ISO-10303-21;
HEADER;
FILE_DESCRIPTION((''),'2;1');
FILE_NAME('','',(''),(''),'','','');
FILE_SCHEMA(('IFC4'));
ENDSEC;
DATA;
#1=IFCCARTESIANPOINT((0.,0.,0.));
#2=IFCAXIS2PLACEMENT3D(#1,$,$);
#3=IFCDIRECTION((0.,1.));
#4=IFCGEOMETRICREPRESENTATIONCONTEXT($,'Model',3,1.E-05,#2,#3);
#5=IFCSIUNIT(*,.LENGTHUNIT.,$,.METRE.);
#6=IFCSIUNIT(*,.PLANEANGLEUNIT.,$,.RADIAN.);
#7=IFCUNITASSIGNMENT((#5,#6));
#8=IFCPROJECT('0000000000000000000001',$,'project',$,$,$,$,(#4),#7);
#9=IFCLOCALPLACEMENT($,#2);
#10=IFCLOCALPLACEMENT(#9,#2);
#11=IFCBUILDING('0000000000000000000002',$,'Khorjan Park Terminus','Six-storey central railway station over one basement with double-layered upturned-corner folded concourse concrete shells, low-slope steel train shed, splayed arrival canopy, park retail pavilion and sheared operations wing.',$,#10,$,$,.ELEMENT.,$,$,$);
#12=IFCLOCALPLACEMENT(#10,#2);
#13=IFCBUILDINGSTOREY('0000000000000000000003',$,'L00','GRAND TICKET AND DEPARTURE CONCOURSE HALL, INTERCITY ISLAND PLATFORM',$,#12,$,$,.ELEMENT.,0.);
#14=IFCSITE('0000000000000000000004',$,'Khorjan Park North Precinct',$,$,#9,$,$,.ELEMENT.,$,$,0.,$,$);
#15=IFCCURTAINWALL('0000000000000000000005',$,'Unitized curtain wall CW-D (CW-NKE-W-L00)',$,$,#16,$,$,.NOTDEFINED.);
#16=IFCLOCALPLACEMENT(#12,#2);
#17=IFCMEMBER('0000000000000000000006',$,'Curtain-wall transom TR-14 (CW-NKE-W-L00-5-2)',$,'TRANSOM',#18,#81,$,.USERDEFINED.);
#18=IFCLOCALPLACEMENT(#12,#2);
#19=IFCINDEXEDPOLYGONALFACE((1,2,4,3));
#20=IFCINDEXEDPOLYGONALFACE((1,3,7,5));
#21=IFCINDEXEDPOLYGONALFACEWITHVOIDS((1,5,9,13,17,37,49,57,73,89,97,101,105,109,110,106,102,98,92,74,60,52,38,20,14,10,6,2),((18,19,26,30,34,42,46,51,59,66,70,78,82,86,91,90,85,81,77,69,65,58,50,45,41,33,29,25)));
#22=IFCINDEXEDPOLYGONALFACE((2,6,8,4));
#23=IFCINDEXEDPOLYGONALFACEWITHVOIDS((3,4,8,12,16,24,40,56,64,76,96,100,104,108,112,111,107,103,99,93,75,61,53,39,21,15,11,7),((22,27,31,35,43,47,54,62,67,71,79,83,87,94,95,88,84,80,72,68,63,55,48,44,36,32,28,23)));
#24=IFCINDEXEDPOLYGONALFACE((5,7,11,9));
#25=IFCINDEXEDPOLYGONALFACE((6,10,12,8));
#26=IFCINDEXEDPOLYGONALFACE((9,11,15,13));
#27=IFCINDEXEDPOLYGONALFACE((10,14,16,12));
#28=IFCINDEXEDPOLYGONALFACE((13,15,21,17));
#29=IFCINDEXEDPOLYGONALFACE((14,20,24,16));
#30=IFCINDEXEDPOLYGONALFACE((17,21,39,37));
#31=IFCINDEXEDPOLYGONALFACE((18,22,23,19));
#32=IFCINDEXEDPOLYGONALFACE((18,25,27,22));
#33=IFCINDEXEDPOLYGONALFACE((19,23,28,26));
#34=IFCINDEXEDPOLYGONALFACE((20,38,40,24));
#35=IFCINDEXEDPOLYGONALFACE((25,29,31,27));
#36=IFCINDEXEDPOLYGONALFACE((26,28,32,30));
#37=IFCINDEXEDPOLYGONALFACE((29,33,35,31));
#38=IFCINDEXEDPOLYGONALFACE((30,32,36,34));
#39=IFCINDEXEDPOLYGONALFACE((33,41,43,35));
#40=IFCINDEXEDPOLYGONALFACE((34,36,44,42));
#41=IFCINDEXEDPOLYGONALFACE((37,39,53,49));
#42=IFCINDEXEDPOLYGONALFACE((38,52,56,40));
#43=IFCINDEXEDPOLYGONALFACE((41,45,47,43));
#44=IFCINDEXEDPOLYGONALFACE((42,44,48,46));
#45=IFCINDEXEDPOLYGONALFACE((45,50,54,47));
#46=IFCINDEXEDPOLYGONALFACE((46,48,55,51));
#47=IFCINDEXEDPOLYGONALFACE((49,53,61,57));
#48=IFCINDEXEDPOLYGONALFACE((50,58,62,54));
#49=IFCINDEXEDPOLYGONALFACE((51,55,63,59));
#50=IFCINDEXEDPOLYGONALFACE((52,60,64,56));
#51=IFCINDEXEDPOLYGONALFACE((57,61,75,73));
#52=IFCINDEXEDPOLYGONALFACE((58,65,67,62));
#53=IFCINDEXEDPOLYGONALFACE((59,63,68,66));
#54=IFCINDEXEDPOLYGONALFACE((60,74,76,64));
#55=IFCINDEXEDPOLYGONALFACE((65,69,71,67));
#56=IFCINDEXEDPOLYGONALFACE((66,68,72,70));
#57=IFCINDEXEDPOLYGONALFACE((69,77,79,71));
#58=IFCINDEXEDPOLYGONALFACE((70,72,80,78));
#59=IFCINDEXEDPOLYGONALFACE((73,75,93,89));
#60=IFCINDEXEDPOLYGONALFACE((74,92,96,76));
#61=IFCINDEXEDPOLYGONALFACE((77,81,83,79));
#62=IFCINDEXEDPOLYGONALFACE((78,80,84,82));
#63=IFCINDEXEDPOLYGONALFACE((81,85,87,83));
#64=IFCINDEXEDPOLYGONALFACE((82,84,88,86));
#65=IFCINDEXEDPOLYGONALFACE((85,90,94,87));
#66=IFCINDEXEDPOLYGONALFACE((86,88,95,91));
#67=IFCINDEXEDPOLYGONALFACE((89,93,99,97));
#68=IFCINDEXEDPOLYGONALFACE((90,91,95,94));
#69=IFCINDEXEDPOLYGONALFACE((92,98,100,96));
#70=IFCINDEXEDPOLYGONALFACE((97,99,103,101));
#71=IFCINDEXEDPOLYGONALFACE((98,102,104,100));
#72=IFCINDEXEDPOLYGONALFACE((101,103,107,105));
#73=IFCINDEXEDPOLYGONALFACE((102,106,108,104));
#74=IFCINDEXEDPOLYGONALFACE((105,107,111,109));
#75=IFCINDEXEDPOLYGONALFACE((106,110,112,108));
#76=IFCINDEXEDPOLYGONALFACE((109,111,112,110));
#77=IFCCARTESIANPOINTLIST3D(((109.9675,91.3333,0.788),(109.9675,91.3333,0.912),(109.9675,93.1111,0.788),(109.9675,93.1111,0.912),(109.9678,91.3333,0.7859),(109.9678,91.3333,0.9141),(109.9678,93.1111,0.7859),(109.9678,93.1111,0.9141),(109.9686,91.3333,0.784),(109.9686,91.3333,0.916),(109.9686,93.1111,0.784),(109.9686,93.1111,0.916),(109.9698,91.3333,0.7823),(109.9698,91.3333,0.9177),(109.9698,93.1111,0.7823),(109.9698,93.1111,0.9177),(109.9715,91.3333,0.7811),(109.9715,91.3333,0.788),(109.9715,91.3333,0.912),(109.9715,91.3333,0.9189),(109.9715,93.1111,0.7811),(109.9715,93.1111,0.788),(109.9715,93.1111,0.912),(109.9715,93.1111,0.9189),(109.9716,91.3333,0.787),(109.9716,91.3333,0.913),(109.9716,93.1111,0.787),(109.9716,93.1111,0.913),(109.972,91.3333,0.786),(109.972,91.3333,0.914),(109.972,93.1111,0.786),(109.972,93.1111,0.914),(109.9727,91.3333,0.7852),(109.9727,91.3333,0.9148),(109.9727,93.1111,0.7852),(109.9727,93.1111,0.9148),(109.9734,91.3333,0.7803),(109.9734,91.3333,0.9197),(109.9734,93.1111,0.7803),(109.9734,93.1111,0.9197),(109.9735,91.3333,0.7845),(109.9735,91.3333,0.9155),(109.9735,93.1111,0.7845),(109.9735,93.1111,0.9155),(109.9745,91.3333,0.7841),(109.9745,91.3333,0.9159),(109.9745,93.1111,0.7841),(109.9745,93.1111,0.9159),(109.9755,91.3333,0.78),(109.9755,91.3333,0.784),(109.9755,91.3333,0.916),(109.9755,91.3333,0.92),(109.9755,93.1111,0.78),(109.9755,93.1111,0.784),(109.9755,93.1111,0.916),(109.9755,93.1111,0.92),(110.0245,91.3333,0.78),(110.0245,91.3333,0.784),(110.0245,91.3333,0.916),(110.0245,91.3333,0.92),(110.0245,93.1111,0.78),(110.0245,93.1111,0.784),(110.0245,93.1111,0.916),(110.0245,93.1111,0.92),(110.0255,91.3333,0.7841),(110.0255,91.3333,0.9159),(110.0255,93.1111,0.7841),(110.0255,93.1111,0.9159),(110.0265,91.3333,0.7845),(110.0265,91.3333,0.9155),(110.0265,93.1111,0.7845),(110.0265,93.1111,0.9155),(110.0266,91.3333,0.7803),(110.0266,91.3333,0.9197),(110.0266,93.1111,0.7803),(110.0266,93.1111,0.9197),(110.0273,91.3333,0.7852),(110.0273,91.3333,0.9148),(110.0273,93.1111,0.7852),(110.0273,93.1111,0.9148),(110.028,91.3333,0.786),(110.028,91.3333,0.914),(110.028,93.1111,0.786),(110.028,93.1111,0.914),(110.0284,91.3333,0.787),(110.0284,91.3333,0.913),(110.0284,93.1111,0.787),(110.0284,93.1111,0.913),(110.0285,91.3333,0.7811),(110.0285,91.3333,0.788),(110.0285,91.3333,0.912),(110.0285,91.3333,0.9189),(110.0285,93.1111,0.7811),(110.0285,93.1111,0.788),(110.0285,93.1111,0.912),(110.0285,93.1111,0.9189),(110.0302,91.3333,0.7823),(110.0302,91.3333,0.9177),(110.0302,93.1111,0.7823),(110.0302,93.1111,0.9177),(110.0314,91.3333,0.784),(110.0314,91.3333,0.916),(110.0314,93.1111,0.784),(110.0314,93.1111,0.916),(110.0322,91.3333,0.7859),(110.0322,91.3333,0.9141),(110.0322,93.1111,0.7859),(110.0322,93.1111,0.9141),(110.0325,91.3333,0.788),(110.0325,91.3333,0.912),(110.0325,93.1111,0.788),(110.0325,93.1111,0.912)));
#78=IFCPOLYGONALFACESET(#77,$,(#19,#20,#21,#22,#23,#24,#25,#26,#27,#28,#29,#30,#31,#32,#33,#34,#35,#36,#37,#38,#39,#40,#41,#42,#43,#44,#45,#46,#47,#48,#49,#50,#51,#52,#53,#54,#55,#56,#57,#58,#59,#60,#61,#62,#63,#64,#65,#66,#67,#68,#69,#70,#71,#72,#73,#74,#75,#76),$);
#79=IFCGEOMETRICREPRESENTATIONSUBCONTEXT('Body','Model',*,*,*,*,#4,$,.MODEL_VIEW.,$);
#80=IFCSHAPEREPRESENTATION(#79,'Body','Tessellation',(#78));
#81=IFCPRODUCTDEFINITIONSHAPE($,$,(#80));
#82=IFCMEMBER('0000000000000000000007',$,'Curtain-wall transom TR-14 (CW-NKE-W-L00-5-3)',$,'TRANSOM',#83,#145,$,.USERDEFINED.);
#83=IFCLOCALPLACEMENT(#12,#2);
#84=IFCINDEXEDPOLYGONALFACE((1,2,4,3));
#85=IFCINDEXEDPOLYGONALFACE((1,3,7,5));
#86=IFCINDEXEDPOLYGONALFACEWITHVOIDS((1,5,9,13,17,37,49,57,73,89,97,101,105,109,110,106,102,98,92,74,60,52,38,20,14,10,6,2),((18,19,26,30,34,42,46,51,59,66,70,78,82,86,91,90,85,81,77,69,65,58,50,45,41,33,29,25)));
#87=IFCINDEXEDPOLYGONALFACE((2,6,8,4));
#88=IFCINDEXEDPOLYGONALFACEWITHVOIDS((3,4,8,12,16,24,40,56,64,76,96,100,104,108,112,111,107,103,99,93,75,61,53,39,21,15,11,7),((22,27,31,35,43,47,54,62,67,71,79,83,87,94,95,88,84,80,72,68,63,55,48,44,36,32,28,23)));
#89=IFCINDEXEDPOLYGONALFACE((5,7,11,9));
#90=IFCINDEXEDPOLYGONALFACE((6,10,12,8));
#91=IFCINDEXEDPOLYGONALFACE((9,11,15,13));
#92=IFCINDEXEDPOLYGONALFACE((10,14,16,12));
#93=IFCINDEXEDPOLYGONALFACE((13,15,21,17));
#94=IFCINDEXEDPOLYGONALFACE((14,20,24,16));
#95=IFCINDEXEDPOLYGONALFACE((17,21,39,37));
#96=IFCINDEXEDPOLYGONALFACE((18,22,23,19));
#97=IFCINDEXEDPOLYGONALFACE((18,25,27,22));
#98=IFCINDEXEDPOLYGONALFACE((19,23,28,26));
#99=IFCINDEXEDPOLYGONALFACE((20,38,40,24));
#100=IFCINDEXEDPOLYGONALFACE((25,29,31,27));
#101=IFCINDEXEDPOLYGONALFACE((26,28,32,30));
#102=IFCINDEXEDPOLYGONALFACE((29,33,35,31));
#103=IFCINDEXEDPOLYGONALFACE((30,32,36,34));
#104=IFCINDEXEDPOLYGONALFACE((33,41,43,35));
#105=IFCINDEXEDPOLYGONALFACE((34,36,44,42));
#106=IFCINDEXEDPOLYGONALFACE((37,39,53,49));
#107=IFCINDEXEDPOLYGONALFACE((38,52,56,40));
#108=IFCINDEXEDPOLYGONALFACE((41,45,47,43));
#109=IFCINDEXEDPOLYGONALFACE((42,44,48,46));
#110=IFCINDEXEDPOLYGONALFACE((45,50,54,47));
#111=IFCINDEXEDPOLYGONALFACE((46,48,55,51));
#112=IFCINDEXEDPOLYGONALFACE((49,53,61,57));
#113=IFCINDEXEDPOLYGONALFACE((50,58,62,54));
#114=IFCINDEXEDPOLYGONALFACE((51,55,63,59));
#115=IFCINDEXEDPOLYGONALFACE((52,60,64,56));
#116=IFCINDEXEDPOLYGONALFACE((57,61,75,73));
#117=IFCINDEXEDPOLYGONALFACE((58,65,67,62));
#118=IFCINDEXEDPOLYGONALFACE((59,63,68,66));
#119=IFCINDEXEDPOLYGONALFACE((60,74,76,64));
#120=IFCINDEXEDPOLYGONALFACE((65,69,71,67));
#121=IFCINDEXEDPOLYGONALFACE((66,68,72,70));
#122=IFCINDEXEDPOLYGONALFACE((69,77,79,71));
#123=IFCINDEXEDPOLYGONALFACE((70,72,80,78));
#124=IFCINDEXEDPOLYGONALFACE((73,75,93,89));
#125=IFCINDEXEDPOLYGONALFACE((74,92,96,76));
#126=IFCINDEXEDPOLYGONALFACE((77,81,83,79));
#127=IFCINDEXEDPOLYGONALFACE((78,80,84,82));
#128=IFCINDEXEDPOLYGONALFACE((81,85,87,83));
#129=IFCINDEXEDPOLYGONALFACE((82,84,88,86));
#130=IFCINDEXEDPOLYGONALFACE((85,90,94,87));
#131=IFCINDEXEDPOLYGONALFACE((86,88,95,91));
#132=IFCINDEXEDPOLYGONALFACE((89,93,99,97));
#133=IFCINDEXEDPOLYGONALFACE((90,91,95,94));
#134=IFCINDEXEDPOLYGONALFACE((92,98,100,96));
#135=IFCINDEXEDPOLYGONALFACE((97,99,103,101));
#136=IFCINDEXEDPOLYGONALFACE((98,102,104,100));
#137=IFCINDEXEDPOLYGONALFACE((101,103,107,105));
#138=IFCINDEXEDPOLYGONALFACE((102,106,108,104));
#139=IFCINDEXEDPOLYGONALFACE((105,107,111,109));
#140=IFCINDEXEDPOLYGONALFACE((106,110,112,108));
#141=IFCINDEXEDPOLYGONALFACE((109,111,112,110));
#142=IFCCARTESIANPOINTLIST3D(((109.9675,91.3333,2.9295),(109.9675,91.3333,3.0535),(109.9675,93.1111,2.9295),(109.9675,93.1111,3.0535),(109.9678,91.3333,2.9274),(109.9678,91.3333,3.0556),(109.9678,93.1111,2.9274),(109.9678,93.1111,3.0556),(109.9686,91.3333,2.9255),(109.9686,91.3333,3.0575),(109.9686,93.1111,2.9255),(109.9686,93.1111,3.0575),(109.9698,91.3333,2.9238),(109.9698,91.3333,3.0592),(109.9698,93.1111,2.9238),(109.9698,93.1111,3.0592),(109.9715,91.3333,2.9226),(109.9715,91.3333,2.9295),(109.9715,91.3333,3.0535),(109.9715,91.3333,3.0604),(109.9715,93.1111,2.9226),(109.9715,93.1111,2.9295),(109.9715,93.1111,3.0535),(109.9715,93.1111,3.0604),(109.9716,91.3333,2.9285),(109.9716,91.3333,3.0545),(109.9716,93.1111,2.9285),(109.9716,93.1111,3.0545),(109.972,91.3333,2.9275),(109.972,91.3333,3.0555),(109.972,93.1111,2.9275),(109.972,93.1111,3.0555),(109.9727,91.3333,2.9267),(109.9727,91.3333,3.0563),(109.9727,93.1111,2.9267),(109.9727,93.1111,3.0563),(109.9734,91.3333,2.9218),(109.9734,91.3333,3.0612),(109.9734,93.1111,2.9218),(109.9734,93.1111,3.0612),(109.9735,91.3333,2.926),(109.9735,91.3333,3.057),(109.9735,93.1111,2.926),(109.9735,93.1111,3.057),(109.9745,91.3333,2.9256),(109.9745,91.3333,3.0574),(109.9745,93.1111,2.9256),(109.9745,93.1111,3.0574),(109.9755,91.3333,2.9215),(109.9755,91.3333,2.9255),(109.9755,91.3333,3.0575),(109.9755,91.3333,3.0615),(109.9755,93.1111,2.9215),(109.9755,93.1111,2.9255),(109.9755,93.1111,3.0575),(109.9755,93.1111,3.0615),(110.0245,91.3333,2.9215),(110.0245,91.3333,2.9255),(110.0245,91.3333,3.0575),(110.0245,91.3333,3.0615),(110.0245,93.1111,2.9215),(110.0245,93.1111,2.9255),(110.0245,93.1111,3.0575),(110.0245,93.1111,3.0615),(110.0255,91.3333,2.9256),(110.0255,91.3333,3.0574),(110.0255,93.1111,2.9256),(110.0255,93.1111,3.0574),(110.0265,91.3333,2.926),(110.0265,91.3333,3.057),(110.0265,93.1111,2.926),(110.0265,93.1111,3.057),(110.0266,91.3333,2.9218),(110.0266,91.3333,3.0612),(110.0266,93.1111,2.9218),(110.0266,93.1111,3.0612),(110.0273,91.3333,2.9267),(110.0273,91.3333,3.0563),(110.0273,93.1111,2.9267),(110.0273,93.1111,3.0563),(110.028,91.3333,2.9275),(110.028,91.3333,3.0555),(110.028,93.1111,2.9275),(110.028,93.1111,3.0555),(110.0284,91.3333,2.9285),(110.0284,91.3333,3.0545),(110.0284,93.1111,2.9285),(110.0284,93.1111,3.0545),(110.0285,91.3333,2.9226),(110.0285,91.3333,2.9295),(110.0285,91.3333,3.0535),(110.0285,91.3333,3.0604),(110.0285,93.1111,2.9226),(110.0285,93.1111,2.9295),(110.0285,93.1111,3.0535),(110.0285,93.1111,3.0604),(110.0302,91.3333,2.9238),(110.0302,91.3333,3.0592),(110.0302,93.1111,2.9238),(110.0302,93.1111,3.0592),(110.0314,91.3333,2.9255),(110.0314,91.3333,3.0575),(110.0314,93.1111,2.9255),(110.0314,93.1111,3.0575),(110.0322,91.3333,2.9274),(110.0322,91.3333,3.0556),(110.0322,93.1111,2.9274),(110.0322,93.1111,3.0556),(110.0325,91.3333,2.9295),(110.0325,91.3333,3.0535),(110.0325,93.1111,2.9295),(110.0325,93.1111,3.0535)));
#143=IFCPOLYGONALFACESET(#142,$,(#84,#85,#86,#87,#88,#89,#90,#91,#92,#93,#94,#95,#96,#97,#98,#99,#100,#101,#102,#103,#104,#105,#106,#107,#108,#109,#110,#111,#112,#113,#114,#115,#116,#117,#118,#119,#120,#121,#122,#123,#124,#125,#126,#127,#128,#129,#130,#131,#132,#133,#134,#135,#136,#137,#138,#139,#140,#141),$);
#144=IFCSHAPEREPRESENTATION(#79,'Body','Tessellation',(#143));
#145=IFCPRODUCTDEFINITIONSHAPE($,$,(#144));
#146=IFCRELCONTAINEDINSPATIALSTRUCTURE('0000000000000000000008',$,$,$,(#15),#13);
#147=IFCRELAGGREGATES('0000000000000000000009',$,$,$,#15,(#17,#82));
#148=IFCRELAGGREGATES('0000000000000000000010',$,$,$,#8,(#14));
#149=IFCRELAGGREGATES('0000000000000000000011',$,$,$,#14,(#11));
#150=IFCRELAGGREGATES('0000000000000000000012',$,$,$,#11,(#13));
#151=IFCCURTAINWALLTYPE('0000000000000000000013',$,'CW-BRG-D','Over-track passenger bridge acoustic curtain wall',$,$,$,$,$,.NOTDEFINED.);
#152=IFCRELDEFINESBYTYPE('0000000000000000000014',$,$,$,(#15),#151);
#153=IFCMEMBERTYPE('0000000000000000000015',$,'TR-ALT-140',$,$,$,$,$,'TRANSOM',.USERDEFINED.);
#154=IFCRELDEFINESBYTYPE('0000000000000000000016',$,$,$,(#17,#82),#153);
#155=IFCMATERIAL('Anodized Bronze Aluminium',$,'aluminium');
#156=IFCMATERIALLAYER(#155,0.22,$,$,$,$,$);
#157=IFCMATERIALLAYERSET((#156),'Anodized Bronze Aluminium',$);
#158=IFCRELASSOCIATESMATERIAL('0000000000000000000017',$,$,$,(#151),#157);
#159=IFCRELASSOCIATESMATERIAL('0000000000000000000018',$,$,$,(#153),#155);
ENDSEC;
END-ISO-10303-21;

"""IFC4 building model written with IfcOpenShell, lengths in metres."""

from ifc_helpers import new_model, si_unit, direction, frame, origin, origin_2d, place, context, subcontext, project, spatial, hollow_rectangle, extrude, material, layer, layer_set, material_profile, profile_set, type_object, element, aggregate, save


model = new_model("IFC4")

# Units and contexts
model_context = context("Model", 3, precision=1e-05, world=origin(), true_north=direction((0.0, 1.0)))
body_context = subcontext(model_context, "Body", "Model", "MODEL_VIEW")
ifc_project = project(units=[si_unit("LENGTHUNIT", "METRE"), si_unit("PLANEANGLEUNIT", "RADIAN")], contexts=[model_context])

# Site, building, storey
site_placement = place(None, origin())
site = spatial("IfcSite", under=ifc_project, at=site_placement, Name="Khorjan Park North Precinct", CompositionType="ELEMENT", RefElevation=0.0)
building_placement = place(site_placement, origin())
building = spatial("IfcBuilding", under=site, at=building_placement, Name="Khorjan Park Terminus", Description="Six-storey central railway station over one basement with double-layered upturned-corner folded concourse concrete shells, low-slope steel train shed, splayed arrival canopy, park retail pavilion and sheared operations wing.", CompositionType="ELEMENT")
storey_placement = place(building_placement, origin())
storey = spatial("IfcBuildingStorey", under=building, at=storey_placement, Name="L00", Description="GRAND TICKET AND DEPARTURE CONCOURSE HALL, INTERCITY ISLAND PLATFORM", CompositionType="ELEMENT", Elevation=0.0)

# Curtain wall, members
ifc_material_1 = material(Name="Anodized Bronze Aluminium", Category="aluminium")
ifc_layer_1 = layer(ifc_material_1, 0.22)
ifc_layer_set_1 = layer_set([ifc_layer_1], Name="Anodized Bronze Aluminium")
curtain_wall_type = type_object("IfcCurtainWallType", Name="CW-BRG-D", Description="Over-track passenger bridge acoustic curtain wall", PredefinedType="NOTDEFINED", material=ifc_layer_set_1)
curtain_wall_placement = place(storey_placement, origin())
curtain_wall = element("IfcCurtainWall", 1, at=curtain_wall_placement, inside=storey, type_object=curtain_wall_type, Name="Unitized curtain wall CW-D (CW-NKE-W-L00)", PredefinedType="NOTDEFINED")
ifc_material_profile_1 = material_profile(ifc_material_1, hollow_rectangle(XDim=0.065, YDim=0.14, WallThickness=0.004, InnerFilletRadius=0.004, OuterFilletRadius=0.008, at=origin_2d()), Name="ALT 65x140x4")
ifc_profile_set_1 = profile_set([ifc_material_profile_1], Name="Anodized Bronze Aluminium")
member_type_1 = type_object("IfcMemberType", Name="TR-ALT-140", ElementType="TRANSOM", PredefinedType="USERDEFINED", material=ifc_profile_set_1)
member_1_placement = place(storey_placement, frame((110.0, 93.1111, 0.85), z_axis=(0.0, -1.0, 0.0), x_axis=(1.0, 0.0, 0.0)))
member_1 = element("IfcMember", 2, at=member_1_placement, type_object=member_type_1, Name="Curtain-wall transom TR-14 (CW-NKE-W-L00-5-2)", ObjectType="TRANSOM", PredefinedType="USERDEFINED", context=body_context, shape_type="SweptSolid", body=[
    extrude(hollow_rectangle(XDim=0.065, YDim=0.14, WallThickness=0.004, InnerFilletRadius=0.004, OuterFilletRadius=0.008, at=origin_2d()), origin(), (0.0, 0.0, 1.0), 1.7778),
])
member_2_placement = place(storey_placement, frame((110.0, 93.1111, 2.9915), z_axis=(0.0, -1.0, 0.0), x_axis=(1.0, 0.0, 0.0)))
member_2 = element("IfcMember", 3, at=member_2_placement, type_object=member_type_1, Name="Curtain-wall transom TR-14 (CW-NKE-W-L00-5-3)", ObjectType="TRANSOM", PredefinedType="USERDEFINED", context=body_context, shape_type="SweptSolid", body=[
    extrude(hollow_rectangle(XDim=0.065, YDim=0.14, WallThickness=0.004, InnerFilletRadius=0.004, OuterFilletRadius=0.008, at=origin_2d()), origin(), (0.0, 0.0, 1.0), 1.7778),
])
aggregate(curtain_wall, [member_1, member_2])

save(model, "model.ifc")
